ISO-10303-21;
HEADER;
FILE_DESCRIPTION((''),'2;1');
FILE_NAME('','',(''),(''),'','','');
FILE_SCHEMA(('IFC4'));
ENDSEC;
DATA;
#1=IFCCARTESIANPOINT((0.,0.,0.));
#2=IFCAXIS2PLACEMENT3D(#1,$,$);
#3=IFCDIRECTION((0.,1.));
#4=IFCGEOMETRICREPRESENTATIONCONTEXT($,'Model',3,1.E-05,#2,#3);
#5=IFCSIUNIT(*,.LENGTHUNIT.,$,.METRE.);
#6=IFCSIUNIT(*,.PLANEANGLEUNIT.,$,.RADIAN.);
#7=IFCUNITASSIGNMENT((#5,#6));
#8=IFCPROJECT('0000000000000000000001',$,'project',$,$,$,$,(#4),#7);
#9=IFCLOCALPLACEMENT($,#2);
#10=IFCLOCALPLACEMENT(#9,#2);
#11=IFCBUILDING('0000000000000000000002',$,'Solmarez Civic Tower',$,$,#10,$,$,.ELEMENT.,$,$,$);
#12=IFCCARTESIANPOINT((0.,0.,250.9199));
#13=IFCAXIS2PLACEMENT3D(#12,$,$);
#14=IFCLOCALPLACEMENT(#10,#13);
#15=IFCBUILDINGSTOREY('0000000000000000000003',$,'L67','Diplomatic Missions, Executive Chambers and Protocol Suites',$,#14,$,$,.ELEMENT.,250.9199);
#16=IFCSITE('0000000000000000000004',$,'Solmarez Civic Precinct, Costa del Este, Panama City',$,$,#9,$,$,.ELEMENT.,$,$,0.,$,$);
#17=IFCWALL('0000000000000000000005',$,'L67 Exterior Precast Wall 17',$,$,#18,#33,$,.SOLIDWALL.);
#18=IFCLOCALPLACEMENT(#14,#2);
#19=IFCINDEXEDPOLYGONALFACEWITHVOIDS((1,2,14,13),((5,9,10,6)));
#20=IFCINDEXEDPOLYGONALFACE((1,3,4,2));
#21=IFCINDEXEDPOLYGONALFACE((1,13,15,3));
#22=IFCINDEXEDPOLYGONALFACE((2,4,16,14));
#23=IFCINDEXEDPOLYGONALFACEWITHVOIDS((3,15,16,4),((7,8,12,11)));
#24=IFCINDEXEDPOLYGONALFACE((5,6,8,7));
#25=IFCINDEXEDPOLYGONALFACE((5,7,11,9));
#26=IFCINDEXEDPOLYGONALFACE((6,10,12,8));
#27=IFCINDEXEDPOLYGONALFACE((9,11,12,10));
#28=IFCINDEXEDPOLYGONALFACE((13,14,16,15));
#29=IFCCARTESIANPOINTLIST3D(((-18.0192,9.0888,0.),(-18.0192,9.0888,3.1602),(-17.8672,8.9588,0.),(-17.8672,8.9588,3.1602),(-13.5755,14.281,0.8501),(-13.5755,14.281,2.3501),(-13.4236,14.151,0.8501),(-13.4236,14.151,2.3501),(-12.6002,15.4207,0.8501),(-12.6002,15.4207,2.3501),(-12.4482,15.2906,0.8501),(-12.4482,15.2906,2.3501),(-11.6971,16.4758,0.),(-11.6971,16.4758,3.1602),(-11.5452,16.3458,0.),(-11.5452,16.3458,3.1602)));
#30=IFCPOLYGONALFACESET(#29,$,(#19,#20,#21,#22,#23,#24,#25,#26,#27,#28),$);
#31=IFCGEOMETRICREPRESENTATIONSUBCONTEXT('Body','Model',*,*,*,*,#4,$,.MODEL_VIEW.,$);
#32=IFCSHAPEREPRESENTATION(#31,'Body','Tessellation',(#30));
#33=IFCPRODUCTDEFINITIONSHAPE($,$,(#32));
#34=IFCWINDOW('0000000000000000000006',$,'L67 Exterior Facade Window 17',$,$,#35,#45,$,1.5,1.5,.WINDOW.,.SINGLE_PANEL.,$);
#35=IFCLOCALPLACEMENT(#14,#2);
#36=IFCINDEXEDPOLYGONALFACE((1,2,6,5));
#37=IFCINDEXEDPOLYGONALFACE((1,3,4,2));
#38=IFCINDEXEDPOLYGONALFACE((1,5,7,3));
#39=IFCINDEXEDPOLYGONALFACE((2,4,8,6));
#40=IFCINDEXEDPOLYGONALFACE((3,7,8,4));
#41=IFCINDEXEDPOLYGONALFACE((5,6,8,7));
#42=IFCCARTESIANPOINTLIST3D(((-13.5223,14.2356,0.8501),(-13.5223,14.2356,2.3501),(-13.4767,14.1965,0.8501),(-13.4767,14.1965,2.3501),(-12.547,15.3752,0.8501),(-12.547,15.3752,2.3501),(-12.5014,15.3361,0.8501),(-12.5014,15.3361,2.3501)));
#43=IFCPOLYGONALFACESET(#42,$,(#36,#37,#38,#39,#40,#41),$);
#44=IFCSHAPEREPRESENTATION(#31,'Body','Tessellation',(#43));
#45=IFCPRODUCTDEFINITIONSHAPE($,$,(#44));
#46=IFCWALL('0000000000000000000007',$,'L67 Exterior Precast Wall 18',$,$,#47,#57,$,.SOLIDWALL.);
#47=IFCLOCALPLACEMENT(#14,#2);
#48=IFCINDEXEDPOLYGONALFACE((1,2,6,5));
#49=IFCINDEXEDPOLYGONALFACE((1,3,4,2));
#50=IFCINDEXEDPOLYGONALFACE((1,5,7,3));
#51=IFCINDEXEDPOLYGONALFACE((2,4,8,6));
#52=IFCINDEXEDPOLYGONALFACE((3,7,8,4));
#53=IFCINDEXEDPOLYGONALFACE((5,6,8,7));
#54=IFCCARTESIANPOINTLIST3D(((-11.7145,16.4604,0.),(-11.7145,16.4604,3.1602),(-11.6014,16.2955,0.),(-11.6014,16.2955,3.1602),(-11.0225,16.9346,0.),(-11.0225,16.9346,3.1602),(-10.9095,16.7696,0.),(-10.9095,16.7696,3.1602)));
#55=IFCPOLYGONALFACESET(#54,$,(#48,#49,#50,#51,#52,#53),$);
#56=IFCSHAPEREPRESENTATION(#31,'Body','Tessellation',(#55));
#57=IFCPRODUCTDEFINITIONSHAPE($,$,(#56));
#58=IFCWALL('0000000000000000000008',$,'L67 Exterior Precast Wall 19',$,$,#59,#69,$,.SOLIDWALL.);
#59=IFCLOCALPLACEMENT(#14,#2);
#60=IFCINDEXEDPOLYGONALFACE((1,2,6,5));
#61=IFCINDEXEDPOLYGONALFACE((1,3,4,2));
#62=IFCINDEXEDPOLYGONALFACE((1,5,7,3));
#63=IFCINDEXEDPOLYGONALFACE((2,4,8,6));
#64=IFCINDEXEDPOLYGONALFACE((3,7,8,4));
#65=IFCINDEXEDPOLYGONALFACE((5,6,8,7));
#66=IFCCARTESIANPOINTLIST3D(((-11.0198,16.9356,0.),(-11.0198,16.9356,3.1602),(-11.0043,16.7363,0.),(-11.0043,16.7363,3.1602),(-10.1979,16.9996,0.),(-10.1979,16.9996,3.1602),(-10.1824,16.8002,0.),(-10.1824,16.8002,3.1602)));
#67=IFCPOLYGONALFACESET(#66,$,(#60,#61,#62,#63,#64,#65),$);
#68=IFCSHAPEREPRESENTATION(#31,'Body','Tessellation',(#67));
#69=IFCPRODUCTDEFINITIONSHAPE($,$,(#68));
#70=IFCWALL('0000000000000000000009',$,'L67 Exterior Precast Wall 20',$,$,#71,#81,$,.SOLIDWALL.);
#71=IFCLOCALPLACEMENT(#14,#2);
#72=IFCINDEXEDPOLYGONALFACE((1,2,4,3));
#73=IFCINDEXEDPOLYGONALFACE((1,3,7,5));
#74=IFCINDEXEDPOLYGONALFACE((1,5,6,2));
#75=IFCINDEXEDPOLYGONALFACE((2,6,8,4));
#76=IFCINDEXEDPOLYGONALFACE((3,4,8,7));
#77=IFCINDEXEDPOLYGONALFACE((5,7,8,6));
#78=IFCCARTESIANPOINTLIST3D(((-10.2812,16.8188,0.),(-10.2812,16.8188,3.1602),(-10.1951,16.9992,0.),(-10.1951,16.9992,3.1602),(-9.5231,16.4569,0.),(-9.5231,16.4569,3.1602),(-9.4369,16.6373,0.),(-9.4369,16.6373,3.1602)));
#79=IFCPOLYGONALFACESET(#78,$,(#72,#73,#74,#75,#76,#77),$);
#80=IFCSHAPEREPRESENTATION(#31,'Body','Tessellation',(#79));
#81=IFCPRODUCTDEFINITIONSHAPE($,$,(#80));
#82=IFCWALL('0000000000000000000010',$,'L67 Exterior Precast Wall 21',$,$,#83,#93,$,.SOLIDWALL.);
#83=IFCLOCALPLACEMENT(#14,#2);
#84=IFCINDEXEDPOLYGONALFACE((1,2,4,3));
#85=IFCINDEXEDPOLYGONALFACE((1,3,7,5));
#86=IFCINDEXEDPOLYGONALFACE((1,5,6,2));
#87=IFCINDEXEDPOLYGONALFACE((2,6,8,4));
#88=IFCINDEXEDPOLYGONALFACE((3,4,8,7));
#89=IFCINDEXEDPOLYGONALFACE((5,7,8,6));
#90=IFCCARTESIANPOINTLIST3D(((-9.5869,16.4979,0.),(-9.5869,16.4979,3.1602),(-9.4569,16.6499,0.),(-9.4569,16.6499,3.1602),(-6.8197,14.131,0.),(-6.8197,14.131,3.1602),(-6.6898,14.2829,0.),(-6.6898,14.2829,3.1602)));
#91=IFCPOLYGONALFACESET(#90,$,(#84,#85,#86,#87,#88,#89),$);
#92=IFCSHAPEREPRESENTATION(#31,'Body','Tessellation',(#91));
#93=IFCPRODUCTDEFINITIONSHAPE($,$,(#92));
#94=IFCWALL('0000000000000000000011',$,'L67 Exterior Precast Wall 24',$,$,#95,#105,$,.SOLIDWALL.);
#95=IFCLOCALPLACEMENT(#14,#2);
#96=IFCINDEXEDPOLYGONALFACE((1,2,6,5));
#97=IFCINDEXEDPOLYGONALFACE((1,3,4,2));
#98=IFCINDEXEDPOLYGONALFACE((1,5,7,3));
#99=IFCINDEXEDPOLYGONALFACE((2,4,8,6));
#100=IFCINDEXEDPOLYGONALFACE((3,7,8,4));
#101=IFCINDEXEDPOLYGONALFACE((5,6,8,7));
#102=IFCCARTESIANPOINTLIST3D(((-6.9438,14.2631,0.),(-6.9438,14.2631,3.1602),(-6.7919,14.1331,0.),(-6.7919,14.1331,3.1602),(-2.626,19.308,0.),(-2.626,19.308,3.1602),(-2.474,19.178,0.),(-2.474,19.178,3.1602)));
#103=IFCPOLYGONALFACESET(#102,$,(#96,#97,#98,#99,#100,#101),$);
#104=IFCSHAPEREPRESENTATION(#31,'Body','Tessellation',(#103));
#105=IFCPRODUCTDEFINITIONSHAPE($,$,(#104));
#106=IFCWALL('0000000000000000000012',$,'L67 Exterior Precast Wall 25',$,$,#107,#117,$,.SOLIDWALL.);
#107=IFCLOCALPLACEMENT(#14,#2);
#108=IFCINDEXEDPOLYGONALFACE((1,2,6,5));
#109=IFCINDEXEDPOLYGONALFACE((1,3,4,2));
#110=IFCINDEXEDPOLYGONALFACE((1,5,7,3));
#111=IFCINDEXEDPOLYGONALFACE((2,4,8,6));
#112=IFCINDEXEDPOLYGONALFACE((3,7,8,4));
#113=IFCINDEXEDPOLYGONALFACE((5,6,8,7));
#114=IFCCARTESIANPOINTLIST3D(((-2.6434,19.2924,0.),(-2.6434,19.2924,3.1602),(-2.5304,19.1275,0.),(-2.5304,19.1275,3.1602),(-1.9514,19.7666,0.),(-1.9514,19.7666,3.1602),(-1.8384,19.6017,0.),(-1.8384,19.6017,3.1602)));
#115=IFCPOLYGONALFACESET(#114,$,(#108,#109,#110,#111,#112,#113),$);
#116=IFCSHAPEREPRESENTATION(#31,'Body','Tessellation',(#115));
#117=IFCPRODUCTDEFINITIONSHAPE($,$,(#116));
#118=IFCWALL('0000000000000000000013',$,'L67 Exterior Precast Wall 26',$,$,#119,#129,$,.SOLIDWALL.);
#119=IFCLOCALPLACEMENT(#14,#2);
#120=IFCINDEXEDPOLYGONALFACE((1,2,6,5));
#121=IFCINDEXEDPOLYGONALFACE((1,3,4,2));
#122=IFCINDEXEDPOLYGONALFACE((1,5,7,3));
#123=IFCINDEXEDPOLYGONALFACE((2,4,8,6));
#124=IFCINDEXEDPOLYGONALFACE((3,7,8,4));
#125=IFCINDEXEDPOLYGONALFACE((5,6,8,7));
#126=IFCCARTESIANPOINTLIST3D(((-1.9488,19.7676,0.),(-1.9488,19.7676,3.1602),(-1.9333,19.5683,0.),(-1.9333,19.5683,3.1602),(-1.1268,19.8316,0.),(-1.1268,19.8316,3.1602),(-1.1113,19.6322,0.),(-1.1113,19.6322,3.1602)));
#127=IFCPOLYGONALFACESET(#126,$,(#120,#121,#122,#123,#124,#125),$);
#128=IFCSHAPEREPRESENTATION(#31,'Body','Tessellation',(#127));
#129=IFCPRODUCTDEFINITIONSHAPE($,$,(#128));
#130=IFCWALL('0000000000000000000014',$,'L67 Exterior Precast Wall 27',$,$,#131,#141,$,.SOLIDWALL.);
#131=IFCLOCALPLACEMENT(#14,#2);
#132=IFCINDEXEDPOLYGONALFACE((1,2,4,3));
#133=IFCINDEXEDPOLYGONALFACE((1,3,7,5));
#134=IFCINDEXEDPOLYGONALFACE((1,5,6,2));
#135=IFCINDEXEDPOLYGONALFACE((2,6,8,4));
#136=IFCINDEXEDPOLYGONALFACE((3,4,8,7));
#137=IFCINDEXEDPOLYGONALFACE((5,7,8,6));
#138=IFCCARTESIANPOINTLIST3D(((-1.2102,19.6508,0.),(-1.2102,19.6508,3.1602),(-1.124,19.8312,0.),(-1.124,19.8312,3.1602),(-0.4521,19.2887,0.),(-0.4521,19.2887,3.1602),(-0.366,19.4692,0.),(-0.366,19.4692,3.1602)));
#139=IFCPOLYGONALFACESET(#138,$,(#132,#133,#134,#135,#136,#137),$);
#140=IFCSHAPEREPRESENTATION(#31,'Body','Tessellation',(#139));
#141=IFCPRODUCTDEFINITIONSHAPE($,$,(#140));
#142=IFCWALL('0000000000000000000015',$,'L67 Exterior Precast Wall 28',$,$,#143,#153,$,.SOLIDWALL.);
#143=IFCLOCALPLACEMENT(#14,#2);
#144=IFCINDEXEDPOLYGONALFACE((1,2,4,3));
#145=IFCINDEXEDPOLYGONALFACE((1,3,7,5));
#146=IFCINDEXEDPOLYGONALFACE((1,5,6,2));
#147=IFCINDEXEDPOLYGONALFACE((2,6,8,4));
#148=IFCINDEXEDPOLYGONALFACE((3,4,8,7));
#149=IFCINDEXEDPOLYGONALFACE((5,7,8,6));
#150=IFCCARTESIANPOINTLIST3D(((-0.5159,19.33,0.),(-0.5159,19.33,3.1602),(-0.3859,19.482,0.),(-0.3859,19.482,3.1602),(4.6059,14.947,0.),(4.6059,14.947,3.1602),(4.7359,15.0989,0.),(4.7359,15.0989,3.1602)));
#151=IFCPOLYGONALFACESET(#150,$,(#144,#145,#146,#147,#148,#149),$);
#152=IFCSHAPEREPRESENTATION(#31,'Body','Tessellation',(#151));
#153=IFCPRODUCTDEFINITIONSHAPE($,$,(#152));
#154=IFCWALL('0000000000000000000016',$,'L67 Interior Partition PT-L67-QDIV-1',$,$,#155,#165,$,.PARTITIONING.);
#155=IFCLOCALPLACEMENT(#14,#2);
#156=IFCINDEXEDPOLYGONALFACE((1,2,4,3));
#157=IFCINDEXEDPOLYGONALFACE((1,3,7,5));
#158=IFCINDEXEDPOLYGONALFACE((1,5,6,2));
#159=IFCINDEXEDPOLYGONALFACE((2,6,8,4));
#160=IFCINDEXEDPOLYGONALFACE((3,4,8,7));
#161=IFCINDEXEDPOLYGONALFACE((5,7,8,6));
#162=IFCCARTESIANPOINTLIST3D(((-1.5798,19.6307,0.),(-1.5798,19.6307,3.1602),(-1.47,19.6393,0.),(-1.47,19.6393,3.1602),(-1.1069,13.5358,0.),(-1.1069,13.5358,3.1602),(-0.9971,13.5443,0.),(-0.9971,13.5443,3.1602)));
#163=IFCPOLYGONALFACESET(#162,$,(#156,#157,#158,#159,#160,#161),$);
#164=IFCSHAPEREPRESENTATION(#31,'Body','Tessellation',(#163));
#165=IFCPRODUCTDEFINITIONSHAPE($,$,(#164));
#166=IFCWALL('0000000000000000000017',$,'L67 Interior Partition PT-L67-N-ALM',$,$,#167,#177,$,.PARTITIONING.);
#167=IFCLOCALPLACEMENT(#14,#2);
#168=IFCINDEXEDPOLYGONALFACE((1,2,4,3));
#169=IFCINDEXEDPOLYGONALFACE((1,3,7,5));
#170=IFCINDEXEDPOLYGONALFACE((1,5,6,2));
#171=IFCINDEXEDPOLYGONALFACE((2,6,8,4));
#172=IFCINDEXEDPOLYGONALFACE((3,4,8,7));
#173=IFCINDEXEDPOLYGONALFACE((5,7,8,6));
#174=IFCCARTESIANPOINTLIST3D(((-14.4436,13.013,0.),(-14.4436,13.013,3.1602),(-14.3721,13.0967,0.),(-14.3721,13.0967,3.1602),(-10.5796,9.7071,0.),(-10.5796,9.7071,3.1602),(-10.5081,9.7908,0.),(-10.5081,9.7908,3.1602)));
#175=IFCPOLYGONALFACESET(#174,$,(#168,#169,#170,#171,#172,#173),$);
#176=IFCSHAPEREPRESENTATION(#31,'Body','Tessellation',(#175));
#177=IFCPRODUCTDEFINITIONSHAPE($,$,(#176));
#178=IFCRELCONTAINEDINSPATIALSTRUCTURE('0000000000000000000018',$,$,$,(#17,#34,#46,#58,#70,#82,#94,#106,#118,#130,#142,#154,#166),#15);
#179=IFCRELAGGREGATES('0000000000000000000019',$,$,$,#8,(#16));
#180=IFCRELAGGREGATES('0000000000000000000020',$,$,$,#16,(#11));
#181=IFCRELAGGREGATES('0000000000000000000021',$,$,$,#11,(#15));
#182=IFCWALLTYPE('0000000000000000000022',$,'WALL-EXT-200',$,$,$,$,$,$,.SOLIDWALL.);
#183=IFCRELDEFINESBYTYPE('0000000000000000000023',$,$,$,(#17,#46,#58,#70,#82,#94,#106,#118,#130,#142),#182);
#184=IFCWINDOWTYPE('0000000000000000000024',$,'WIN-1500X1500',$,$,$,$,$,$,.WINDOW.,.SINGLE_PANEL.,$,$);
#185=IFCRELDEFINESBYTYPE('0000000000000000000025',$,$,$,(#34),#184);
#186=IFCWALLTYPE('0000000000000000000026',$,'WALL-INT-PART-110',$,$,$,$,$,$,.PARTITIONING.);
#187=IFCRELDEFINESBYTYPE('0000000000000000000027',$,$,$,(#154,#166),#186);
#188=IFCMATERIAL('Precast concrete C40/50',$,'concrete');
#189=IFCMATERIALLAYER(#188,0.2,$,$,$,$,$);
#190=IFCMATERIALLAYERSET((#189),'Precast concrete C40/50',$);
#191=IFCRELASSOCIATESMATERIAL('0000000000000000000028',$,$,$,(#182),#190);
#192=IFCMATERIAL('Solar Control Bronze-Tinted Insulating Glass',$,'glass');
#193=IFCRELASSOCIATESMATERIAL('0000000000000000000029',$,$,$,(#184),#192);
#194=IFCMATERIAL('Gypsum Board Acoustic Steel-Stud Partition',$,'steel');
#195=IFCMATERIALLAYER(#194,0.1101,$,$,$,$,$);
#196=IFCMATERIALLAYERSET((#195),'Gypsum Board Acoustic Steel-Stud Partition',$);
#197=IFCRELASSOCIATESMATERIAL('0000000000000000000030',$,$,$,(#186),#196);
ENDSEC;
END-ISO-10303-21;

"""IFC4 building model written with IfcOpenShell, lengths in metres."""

from ifc_helpers import new_model, si_unit, direction, frame, frame_2d, origin, place, context, subcontext, project, spatial, rectangle, extrude, material, layer, layer_set, type_object, element, fill, save


model = new_model("IFC4")

# Units and contexts
model_context = context("Model", 3, precision=1e-05, world=origin(), true_north=direction((0.0, 1.0)))
body_context = subcontext(model_context, "Body", "Model", "MODEL_VIEW")
ifc_project = project(units=[si_unit("LENGTHUNIT", "METRE"), si_unit("PLANEANGLEUNIT", "RADIAN")], contexts=[model_context])

# Site, building, storey
site_placement = place(None, origin())
site = spatial("IfcSite", under=ifc_project, at=site_placement, Name="Solmarez Civic Precinct, Costa del Este, Panama City", CompositionType="ELEMENT", RefElevation=0.0)
building_placement = place(site_placement, origin())
building = spatial("IfcBuilding", under=site, at=building_placement, Name="Solmarez Civic Tower", CompositionType="ELEMENT")
storey_placement = place(building_placement, frame((0.0, 0.0, 250.9199)))
storey = spatial("IfcBuildingStorey", under=building, at=storey_placement, Name="L67", Description="Diplomatic Missions, Executive Chambers and Protocol Suites", CompositionType="ELEMENT", Elevation=250.9199)

# Shared definitions
ifc_material_1 = material(Name="Precast concrete C40/50", Category="concrete")
ifc_layer_1 = layer(ifc_material_1, 0.2)
ifc_layer_set_1 = layer_set([ifc_layer_1], Name="Precast concrete C40/50")
wall_type_1 = type_object("IfcWallType", Name="WALL-EXT-200", PredefinedType="SOLIDWALL", material=ifc_layer_set_1)

# Wall, opening, window
wall_1_placement = place(storey_placement, frame((-17.9431, 9.0239, 0.0), z_axis=(0.0, 0.0, 1.0), x_axis=(0.650218, 0.759747, 0.0)))
wall_1 = element("IfcWall", 1, at=wall_1_placement, inside=storey, type_object=wall_type_1, Name="L67 Exterior Precast Wall 17", PredefinedType="SOLIDWALL", context=body_context, shape_type="SweptSolid", body=[
    extrude(rectangle(XDim=9.7229, YDim=0.2, at=frame_2d((4.8613, 0.0))), origin(), (0.0, 0.0, 1.0), 3.1602),
])
opening_placement = place(wall_1_placement, frame((6.834, 0.0, 0.8501)))
opening = element("IfcOpeningElement", 2, at=opening_placement, cuts=wall_1, PredefinedType="OPENING", context=body_context, shape_type="SweptSolid", body=[
    extrude(rectangle(XDim=1.5, YDim=1.5, at=frame_2d((0.75, 0.75))), frame((0.0, 0.1099, 0.0), z_axis=(0.0, -1.0, 0.0), x_axis=(1.0, 0.0, 0.0)), (0.0, 0.0, 1.0), 0.22),
])
ifc_material_2 = material(Name="Solar Control Bronze-Tinted Insulating Glass", Category="glass")
window_type = type_object("IfcWindowType", Name="WIN-1500X1500", PartitioningType="SINGLE_PANEL", PredefinedType="WINDOW", material=ifc_material_2)
window_placement = place(opening_placement, origin())
window = element("IfcWindow", 3, at=window_placement, inside=storey, type_object=window_type, Name="L67 Exterior Facade Window 17", OverallHeight=1.5, OverallWidth=1.5, PartitioningType="SINGLE_PANEL", PredefinedType="WINDOW", context=body_context, shape_type="SweptSolid", body=[
    extrude(rectangle(XDim=1.5, YDim=1.5, at=frame_2d((0.75, 0.75))), frame((0.0, 0.03, 0.0), z_axis=(0.0, -1.0, 0.0), x_axis=(1.0, 0.0, 0.0)), (0.0, 0.0, 1.0), 0.0601),
])
fill(opening, window)

# Walls
wall_2_placement = place(storey_placement, frame((-11.658, 16.3779, 0.0), z_axis=(0.0, 0.0, 1.0), x_axis=(0.824907, 0.565268, 0.0)))
element("IfcWall", 4, at=wall_2_placement, inside=storey, type_object=wall_type_1, Name="L67 Exterior Precast Wall 18", PredefinedType="SOLIDWALL", context=body_context, shape_type="SweptSolid", body=[
    extrude(rectangle(XDim=0.8389, YDim=0.2, at=frame_2d((0.4194, 0.0))), origin(), (0.0, 0.0, 1.0), 3.1602),
])
wall_3_placement = place(storey_placement, frame((-11.012, 16.8359, 0.0), z_axis=(0.0, 0.0, 1.0), x_axis=(0.996986, 0.07758, 0.0)))
element("IfcWall", 5, at=wall_3_placement, inside=storey, type_object=wall_type_1, Name="L67 Exterior Precast Wall 19", PredefinedType="SOLIDWALL", context=body_context, shape_type="SweptSolid", body=[
    extrude(rectangle(XDim=0.8245, YDim=0.2, at=frame_2d((0.4121, 0.0))), origin(), (0.0, 0.0, 1.0), 3.1602),
])
wall_4_placement = place(storey_placement, frame((-10.238, 16.9089, 0.0), z_axis=(0.0, 0.0, 1.0), x_axis=(0.902473, -0.430746, 0.0)))
element("IfcWall", 6, at=wall_4_placement, inside=storey, type_object=wall_type_1, Name="L67 Exterior Precast Wall 20", PredefinedType="SOLIDWALL", context=body_context, shape_type="SweptSolid", body=[
    extrude(rectangle(XDim=0.8401, YDim=0.2, at=frame_2d((0.4199, 0.0))), origin(), (0.0, 0.0, 1.0), 3.1602),
])
wall_5_placement = place(storey_placement, frame((-9.522, 16.574, 0.0), z_axis=(0.0, 0.0, 1.0), x_axis=(0.759914, -0.650024, 0.0)))
element("IfcWall", 7, at=wall_5_placement, inside=storey, type_object=wall_type_1, Name="L67 Exterior Precast Wall 21", PredefinedType="SOLIDWALL", context=body_context, shape_type="SweptSolid", body=[
    extrude(rectangle(XDim=3.6414, YDim=0.2, at=frame_2d((1.8208, 0.0))), origin(), (0.0, 0.0, 1.0), 3.1602),
])
wall_6_placement = place(storey_placement, frame((-6.8679, 14.198, 0.0), z_axis=(0.0, 0.0, 1.0), x_axis=(0.65024, 0.759729, 0.0)))
element("IfcWall", 8, at=wall_6_placement, inside=storey, type_object=wall_type_1, Name="L67 Exterior Precast Wall 24", PredefinedType="SOLIDWALL", context=body_context, shape_type="SweptSolid", body=[
    extrude(rectangle(XDim=6.6404, YDim=0.2, at=frame_2d((3.3203, 0.0))), origin(), (0.0, 0.0, 1.0), 3.1602),
])
wall_7_placement = place(storey_placement, frame((-2.5869, 19.21, 0.0), z_axis=(0.0, 0.0, 1.0), x_axis=(0.824907, 0.565268, 0.0)))
element("IfcWall", 9, at=wall_7_placement, inside=storey, type_object=wall_type_1, Name="L67 Exterior Precast Wall 25", PredefinedType="SOLIDWALL", context=body_context, shape_type="SweptSolid", body=[
    extrude(rectangle(XDim=0.8389, YDim=0.2, at=frame_2d((0.4194, 0.0))), origin(), (0.0, 0.0, 1.0), 3.1602),
])
wall_8_placement = place(storey_placement, frame((-1.9409, 19.668, 0.0), z_axis=(0.0, 0.0, 1.0), x_axis=(0.996986, 0.07758, 0.0)))
element("IfcWall", 10, at=wall_8_placement, inside=storey, type_object=wall_type_1, Name="L67 Exterior Precast Wall 26", PredefinedType="SOLIDWALL", context=body_context, shape_type="SweptSolid", body=[
    extrude(rectangle(XDim=0.8245, YDim=0.2, at=frame_2d((0.4121, 0.0))), origin(), (0.0, 0.0, 1.0), 3.1602),
])
wall_9_placement = place(storey_placement, frame((-1.167, 19.741, 0.0), z_axis=(0.0, 0.0, 1.0), x_axis=(0.90236, -0.430982, 0.0)))
element("IfcWall", 11, at=wall_9_placement, inside=storey, type_object=wall_type_1, Name="L67 Exterior Precast Wall 27", PredefinedType="SOLIDWALL", context=body_context, shape_type="SweptSolid", body=[
    extrude(rectangle(XDim=0.8401, YDim=0.2, at=frame_2d((0.4199, 0.0))), origin(), (0.0, 0.0, 1.0), 3.1602),
])
wall_10_placement = place(storey_placement, frame((-0.4509, 19.406, 0.0), z_axis=(0.0, 0.0, 1.0), x_axis=(0.759775, -0.650186, 0.0)))
element("IfcWall", 12, at=wall_10_placement, inside=storey, type_object=wall_type_1, Name="L67 Exterior Precast Wall 28", PredefinedType="SOLIDWALL", context=body_context, shape_type="SweptSolid", body=[
    extrude(rectangle(XDim=6.7412, YDim=0.2, at=frame_2d((3.3706, 0.0))), origin(), (0.0, 0.0, 1.0), 3.1602),
])
ifc_material_3 = material(Name="Gypsum Board Acoustic Steel-Stud Partition", Category="steel")
ifc_layer_2 = layer(ifc_material_3, 0.1101)
ifc_layer_set_2 = layer_set([ifc_layer_2], Name="Gypsum Board Acoustic Steel-Stud Partition")
wall_type_2 = type_object("IfcWallType", Name="WALL-INT-PART-110", PredefinedType="PARTITIONING", material=ifc_layer_set_2)
wall_11_placement = place(storey_placement, frame((-1.052, 13.54, 0.0), z_axis=(0.0, 0.0, 1.0), x_axis=(-0.077356, 0.997004, 0.0)))
element("IfcWall", 13, at=wall_11_placement, inside=storey, type_object=wall_type_2, Name="L67 Interior Partition PT-L67-QDIV-1", PredefinedType="PARTITIONING", context=body_context, shape_type="SweptSolid", body=[
    extrude(rectangle(XDim=6.1133, YDim=0.1101, at=frame_2d((3.0566, 0.0))), origin(), (0.0, 0.0, 1.0), 3.1602),
])
wall_12_placement = place(storey_placement, frame((-10.5439, 9.749, 0.0), z_axis=(0.0, 0.0, 1.0), x_axis=(-0.759849, 0.650099, 0.0)))
element("IfcWall", 14, at=wall_12_placement, inside=storey, type_object=wall_type_2, Name="L67 Interior Partition PT-L67-N-ALM", PredefinedType="PARTITIONING", context=body_context, shape_type="SweptSolid", body=[
    extrude(rectangle(XDim=5.0852, YDim=0.1101, at=frame_2d((2.5425, 0.0))), origin(), (0.0, 0.0, 1.0), 3.1602),
])

save(model, "model.ifc")
